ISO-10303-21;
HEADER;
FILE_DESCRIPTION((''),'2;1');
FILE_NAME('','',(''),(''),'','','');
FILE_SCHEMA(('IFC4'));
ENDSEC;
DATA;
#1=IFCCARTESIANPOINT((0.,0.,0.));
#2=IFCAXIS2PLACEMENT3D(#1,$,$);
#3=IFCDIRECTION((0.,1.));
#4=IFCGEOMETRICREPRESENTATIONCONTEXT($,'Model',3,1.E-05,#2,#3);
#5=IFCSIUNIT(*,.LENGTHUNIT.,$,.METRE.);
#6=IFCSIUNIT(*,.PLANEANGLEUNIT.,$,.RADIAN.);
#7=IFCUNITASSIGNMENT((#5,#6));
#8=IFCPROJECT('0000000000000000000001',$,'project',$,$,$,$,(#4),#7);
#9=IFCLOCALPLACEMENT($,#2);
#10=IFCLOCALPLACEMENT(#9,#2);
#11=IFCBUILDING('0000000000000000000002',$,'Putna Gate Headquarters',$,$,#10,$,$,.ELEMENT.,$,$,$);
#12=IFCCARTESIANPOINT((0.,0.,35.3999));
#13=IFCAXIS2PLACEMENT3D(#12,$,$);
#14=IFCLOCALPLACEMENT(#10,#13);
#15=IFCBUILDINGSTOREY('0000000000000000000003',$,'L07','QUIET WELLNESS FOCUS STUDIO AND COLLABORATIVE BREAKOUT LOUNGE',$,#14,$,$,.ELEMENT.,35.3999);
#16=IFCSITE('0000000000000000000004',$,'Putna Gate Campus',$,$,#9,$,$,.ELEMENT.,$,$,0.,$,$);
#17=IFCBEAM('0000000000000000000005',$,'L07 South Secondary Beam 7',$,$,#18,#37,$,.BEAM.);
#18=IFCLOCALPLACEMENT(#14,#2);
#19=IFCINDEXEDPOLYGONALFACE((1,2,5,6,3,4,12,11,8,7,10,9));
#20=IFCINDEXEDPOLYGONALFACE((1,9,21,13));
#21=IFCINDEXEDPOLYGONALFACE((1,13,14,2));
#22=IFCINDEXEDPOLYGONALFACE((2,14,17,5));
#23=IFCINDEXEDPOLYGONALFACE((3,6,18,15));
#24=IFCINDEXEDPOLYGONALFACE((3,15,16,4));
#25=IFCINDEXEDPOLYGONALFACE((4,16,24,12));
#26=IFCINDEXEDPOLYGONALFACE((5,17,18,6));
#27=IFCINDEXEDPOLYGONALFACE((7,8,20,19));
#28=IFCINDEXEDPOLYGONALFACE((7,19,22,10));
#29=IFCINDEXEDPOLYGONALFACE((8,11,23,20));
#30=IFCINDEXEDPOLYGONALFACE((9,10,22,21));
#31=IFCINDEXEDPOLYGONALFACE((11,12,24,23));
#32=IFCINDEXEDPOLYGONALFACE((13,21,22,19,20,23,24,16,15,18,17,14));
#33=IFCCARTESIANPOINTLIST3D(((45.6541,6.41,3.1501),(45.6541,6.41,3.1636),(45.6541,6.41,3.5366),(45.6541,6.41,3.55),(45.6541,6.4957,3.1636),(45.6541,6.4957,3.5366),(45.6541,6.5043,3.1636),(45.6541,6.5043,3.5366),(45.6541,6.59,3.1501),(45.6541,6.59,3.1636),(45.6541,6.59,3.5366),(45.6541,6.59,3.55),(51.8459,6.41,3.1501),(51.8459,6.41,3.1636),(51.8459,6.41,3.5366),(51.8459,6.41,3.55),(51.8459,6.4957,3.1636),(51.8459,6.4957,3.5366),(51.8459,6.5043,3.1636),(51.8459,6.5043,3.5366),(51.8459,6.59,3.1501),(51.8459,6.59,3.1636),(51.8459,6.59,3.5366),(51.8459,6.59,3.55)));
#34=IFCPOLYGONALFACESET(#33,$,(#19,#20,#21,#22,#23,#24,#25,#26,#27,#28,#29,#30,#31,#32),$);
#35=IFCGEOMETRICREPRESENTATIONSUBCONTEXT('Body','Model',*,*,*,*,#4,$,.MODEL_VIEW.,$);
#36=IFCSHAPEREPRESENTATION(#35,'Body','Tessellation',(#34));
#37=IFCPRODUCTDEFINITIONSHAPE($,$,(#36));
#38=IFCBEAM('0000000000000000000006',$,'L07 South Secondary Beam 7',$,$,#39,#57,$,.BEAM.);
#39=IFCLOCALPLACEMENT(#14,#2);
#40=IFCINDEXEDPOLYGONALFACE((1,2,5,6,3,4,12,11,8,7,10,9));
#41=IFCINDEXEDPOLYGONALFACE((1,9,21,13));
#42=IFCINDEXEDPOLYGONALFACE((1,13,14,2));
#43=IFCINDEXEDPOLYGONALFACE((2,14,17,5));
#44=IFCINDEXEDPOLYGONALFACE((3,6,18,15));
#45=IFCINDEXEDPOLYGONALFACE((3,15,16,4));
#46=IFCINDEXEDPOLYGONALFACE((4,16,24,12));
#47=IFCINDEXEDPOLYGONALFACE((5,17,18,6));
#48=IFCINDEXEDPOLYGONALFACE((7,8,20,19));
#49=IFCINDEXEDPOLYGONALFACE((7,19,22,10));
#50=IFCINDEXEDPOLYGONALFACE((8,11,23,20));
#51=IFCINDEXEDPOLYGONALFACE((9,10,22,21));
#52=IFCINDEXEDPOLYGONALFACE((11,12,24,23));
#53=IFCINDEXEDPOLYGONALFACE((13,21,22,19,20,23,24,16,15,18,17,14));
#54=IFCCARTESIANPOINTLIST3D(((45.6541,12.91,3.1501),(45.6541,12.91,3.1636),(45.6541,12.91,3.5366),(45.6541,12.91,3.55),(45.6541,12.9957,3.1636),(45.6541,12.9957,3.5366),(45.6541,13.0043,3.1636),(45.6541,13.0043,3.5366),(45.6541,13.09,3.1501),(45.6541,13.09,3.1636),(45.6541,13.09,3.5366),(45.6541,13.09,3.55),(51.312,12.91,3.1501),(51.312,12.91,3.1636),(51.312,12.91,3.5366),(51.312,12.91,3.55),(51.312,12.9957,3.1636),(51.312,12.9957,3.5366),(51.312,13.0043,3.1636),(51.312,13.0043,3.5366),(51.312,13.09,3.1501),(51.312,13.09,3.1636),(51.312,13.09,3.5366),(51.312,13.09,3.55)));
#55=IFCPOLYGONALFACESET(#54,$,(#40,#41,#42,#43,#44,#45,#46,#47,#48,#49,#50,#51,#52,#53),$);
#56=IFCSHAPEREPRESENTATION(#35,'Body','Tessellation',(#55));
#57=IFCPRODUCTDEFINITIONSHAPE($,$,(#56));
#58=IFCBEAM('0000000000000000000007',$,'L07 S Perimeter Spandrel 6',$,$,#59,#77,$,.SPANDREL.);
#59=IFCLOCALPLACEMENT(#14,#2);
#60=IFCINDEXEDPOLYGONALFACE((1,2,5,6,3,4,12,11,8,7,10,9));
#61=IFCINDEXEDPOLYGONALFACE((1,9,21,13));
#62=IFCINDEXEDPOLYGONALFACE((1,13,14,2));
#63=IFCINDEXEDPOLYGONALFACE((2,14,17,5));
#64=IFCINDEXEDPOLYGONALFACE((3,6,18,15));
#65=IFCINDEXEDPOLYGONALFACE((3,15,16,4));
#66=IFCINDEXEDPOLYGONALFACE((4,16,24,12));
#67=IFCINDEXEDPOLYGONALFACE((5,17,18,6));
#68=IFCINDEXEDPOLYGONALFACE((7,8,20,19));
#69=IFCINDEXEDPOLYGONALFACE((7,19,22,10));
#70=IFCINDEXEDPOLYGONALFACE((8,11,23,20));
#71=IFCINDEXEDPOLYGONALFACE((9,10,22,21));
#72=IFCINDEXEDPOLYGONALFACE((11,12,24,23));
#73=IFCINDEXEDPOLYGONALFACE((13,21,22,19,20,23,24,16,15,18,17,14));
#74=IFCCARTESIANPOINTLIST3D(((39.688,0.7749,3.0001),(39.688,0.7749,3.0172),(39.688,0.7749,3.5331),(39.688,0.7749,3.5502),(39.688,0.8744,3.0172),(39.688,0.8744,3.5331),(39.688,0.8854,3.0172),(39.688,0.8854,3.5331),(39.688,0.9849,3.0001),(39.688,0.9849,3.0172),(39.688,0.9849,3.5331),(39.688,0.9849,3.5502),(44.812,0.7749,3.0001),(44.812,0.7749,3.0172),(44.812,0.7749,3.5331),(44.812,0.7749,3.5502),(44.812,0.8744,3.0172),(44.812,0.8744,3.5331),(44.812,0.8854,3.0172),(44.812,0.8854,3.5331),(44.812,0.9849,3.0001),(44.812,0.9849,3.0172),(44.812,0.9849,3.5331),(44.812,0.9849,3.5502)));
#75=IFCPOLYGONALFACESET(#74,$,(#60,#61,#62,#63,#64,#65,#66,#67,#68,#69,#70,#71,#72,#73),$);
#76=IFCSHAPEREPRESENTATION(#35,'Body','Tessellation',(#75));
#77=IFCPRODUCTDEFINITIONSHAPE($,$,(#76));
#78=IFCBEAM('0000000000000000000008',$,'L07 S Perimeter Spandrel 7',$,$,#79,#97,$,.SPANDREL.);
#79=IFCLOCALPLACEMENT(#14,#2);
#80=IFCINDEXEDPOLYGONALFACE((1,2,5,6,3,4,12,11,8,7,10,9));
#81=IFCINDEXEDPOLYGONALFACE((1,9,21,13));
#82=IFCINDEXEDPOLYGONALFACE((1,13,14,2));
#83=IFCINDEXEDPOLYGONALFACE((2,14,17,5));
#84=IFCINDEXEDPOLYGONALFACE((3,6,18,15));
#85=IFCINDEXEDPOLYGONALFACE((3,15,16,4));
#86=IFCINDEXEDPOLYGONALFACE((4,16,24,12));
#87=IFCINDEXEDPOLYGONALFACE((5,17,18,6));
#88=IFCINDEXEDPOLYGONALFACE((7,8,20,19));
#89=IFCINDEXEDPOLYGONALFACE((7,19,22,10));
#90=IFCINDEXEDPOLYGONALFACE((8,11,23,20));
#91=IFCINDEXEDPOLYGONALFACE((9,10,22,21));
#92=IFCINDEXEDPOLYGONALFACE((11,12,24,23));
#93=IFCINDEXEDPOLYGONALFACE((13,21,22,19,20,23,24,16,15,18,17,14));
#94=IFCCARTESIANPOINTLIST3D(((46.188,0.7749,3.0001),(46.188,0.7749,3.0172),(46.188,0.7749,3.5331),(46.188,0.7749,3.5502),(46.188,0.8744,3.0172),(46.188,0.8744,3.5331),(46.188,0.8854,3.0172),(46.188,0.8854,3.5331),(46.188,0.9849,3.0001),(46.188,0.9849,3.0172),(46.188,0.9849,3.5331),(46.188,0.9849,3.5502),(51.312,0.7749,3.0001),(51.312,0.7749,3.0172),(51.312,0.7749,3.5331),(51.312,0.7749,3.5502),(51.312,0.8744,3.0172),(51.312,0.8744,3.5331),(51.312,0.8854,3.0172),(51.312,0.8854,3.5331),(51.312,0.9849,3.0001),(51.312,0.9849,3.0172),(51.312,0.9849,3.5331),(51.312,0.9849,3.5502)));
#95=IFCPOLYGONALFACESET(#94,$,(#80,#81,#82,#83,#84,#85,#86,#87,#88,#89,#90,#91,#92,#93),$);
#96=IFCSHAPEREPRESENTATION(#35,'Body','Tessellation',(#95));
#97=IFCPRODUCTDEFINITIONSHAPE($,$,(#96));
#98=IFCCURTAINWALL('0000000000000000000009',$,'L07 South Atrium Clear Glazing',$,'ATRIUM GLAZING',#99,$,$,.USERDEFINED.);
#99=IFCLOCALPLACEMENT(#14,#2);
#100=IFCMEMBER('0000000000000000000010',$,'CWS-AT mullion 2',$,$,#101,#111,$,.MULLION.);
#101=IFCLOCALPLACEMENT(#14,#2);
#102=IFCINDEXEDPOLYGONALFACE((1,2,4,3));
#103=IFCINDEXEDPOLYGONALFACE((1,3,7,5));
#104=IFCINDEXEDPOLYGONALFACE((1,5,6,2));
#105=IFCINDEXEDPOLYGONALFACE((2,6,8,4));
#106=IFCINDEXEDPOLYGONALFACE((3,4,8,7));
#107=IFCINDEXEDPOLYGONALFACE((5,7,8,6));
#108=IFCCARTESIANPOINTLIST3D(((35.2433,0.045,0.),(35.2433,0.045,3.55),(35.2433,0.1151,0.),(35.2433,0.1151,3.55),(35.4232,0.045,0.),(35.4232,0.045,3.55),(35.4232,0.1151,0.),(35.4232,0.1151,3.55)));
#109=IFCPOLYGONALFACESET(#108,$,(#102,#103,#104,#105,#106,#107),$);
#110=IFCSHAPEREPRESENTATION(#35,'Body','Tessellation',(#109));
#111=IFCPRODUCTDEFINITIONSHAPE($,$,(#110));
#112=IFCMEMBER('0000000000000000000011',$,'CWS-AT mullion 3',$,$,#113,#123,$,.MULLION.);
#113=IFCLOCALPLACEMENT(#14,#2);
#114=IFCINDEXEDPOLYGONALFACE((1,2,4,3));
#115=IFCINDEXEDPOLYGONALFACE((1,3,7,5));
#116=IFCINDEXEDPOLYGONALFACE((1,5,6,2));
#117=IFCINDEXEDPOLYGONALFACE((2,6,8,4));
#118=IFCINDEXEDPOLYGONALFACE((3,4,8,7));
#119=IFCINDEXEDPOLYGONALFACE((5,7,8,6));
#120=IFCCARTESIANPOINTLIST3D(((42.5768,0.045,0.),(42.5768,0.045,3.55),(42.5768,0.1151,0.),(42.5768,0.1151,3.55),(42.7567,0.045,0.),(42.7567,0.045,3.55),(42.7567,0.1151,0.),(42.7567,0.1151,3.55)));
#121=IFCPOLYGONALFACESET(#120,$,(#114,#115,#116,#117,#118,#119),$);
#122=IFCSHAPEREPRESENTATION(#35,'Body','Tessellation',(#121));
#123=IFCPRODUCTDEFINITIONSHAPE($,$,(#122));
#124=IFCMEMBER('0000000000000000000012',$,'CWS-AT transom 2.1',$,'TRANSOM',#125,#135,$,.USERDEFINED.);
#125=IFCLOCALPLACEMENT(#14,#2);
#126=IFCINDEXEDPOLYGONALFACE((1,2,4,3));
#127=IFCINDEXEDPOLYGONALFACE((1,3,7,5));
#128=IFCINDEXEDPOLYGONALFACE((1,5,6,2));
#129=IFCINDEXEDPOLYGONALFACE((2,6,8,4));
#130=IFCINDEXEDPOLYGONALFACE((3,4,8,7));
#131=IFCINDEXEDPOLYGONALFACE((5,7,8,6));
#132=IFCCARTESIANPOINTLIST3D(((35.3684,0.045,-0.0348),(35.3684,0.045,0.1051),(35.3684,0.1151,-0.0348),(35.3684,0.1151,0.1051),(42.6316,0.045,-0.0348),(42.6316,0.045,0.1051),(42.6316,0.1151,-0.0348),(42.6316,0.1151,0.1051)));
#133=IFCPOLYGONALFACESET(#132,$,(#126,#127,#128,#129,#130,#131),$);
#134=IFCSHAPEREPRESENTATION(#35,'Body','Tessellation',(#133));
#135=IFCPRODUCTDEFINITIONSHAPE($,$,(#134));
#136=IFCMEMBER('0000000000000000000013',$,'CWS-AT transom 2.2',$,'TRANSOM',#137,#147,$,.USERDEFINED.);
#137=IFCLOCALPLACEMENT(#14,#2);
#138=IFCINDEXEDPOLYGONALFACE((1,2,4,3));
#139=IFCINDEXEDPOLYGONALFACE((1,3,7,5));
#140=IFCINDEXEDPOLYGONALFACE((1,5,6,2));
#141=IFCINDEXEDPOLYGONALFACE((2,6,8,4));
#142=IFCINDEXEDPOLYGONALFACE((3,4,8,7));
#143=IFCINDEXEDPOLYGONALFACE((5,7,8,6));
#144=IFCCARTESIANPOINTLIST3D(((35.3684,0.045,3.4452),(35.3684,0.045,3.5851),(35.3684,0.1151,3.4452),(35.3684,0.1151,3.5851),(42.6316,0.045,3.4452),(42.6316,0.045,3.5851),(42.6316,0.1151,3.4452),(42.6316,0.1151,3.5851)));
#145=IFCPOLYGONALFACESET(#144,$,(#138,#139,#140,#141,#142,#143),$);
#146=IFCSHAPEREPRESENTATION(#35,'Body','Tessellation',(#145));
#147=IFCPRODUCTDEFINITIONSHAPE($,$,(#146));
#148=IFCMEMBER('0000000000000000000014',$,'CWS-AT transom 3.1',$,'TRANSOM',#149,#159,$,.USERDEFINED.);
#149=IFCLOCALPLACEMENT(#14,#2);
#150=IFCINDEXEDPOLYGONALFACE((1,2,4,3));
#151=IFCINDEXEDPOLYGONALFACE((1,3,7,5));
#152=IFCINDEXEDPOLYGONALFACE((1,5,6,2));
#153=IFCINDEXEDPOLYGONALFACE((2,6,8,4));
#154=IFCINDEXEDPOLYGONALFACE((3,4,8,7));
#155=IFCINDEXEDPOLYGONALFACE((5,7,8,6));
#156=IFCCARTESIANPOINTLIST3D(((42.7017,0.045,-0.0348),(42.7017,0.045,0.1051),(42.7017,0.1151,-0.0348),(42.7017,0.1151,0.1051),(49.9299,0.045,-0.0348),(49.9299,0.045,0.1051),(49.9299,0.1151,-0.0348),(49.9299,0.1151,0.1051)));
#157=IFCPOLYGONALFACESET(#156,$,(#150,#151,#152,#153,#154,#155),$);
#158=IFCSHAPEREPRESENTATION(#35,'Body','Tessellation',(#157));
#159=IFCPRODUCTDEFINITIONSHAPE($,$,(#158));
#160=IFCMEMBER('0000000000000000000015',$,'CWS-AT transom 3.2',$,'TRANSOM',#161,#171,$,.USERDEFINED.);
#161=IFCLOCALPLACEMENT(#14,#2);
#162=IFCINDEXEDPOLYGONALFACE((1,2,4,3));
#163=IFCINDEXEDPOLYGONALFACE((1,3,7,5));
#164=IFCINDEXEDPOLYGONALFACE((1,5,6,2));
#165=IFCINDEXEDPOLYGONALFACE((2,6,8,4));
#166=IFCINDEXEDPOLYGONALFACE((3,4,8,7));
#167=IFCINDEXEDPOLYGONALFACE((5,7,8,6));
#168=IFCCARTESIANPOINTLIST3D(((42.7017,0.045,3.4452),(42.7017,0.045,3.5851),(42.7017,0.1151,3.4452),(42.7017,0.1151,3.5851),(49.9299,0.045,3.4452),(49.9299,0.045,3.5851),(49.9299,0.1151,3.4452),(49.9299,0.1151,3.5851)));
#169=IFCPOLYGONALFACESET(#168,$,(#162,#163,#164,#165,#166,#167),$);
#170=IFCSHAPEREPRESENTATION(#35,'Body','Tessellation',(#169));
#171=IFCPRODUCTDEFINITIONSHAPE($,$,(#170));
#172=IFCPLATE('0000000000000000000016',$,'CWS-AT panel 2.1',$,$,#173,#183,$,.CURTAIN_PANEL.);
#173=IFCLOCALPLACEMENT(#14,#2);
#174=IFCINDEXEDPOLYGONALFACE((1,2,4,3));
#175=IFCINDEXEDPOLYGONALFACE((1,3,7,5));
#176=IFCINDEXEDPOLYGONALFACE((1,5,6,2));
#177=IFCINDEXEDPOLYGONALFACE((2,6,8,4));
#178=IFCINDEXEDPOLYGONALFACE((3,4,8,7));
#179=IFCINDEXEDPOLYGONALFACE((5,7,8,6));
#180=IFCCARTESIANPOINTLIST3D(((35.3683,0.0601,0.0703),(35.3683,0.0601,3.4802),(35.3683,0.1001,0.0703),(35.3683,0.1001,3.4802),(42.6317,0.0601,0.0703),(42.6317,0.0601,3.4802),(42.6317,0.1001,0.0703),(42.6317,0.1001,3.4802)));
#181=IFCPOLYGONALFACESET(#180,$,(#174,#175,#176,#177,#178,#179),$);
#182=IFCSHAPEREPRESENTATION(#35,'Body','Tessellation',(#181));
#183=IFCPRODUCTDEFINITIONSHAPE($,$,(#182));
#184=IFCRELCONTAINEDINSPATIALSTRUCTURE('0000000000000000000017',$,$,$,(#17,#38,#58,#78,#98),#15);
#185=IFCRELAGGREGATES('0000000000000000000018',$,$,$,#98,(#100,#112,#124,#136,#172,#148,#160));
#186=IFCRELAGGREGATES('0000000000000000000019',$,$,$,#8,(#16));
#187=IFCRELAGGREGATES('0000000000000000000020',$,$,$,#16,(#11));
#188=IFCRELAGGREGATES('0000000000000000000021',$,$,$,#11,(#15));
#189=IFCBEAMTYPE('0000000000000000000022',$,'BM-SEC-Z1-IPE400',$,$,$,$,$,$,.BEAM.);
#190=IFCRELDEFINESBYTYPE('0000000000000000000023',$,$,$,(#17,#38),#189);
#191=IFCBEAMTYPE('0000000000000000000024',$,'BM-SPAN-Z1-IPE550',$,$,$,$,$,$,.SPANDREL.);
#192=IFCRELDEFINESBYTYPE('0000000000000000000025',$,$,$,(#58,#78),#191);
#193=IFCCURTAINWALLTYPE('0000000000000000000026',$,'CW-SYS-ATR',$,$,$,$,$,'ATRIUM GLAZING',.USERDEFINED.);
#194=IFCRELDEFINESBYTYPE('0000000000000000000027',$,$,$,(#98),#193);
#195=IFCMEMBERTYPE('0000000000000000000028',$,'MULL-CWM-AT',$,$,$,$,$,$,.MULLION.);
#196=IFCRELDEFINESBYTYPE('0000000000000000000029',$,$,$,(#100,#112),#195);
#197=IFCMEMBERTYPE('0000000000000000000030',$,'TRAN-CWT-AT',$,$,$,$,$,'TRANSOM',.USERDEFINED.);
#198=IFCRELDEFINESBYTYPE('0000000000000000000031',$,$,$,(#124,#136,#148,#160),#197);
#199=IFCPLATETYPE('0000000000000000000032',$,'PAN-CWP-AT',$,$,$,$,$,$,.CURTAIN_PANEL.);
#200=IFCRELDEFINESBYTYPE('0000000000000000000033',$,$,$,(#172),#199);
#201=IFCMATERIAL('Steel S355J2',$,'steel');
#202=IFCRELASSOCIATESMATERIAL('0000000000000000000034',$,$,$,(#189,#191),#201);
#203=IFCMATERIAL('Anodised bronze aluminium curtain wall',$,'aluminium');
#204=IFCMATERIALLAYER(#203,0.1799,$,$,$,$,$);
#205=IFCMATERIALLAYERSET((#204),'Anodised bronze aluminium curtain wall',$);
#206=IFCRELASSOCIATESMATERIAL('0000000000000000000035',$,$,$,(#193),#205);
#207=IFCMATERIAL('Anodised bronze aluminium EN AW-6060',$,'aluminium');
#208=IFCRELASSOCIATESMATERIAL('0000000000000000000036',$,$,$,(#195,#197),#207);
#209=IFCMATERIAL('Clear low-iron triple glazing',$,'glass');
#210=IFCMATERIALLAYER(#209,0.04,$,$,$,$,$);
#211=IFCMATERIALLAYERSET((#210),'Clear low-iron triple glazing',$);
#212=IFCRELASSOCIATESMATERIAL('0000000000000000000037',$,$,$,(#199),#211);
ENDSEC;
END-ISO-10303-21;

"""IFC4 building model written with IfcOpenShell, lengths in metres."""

from ifc_helpers import new_model, si_unit, direction, frame, origin, origin_2d, place, context, subcontext, project, spatial, rectangle, i_section, extrude, material, layer, layer_set, material_profile, profile_set, type_object, element, aggregate, save


model = new_model("IFC4")

# Units and contexts
model_context = context("Model", 3, precision=1e-05, world=origin(), true_north=direction((0.0, 1.0)))
body_context = subcontext(model_context, "Body", "Model", "MODEL_VIEW")
ifc_project = project(units=[si_unit("LENGTHUNIT", "METRE"), si_unit("PLANEANGLEUNIT", "RADIAN")], contexts=[model_context])

# Site, building, storey
site_placement = place(None, origin())
site = spatial("IfcSite", under=ifc_project, at=site_placement, Name="Putna Gate Campus", CompositionType="ELEMENT", RefElevation=0.0)
building_placement = place(site_placement, origin())
building = spatial("IfcBuilding", under=site, at=building_placement, Name="Putna Gate Headquarters", CompositionType="ELEMENT")
storey_placement = place(building_placement, frame((0.0, 0.0, 35.3999)))
storey = spatial("IfcBuildingStorey", under=building, at=storey_placement, Name="L07", Description="QUIET WELLNESS FOCUS STUDIO AND COLLABORATIVE BREAKOUT LOUNGE", CompositionType="ELEMENT", Elevation=35.3999)

# Beams
ifc_material_1 = material(Name="Steel S355J2", Category="steel")
ifc_material_profile_1 = material_profile(ifc_material_1, i_section(OverallWidth=0.1799, OverallDepth=0.3999, WebThickness=0.0085, FlangeThickness=0.0134, at=origin_2d()), Name="Steel S355J2")
ifc_profile_set_1 = profile_set([ifc_material_profile_1], Name="Steel S355J2")
beam_type_1 = type_object("IfcBeamType", Name="BM-SEC-Z1-IPE400", PredefinedType="BEAM", material=ifc_profile_set_1)
for number, where, z_axis, x_axis, name in (
    (1, (45.6541, 6.5, 3.3501), (1.0, 0.0, 0.0), (0.0, 1.0, 0.0), "L07 South Secondary Beam 7"),
):
    element("IfcBeam", number, at=place(storey_placement, frame(where, z_axis=z_axis, x_axis=x_axis)), inside=storey, type_object=beam_type_1, Name=name, PredefinedType="BEAM", context=body_context, shape_type="SweptSolid", body=[
        extrude(i_section(OverallWidth=0.1799, OverallDepth=0.3999, WebThickness=0.0085, FlangeThickness=0.0134, at=origin_2d()), origin(), (0.0, 0.0, 1.0), 6.1919),
    ])
beam_1_placement = place(storey_placement, frame((45.6541, 13.0, 3.3501), z_axis=(1.0, 0.0, 0.0), x_axis=(0.0, 1.0, 0.0)))
element("IfcBeam", 2, at=beam_1_placement, inside=storey, type_object=beam_type_1, Name="L07 South Secondary Beam 7", PredefinedType="BEAM", context=body_context, shape_type="SweptSolid", body=[
    extrude(i_section(OverallWidth=0.1799, OverallDepth=0.3999, WebThickness=0.0085, FlangeThickness=0.0134, at=origin_2d()), origin(), (0.0, 0.0, 1.0), 5.658),
])
ifc_material_profile_2 = material_profile(ifc_material_1, i_section(OverallWidth=0.21, OverallDepth=0.55, WebThickness=0.011, FlangeThickness=0.0171, at=origin_2d()), Name="Steel S355J2")
ifc_profile_set_2 = profile_set([ifc_material_profile_2], Name="Steel S355J2")
beam_type_2 = type_object("IfcBeamType", Name="BM-SPAN-Z1-IPE550", PredefinedType="SPANDREL", material=ifc_profile_set_2)
for number, where, z_axis, x_axis, name in (
    (3, (39.688, 0.8799, 3.2751), (1.0, 0.0, 0.0), (0.0, 1.0, 0.0), "L07 S Perimeter Spandrel 6"),
    (4, (46.188, 0.8799, 3.2751), (1.0, 0.0, 0.0), (0.0, 1.0, 0.0), "L07 S Perimeter Spandrel 7"),
):
    element("IfcBeam", number, at=place(storey_placement, frame(where, z_axis=z_axis, x_axis=x_axis)), inside=storey, type_object=beam_type_2, Name=name, PredefinedType="SPANDREL", context=body_context, shape_type="SweptSolid", body=[
        extrude(i_section(OverallWidth=0.21, OverallDepth=0.55, WebThickness=0.011, FlangeThickness=0.0171, at=origin_2d()), origin(), (0.0, 0.0, 1.0), 5.124),
    ])

# Curtain wall, members, plate
ifc_material_2 = material(Name="Anodised bronze aluminium curtain wall", Category="aluminium")
ifc_layer_1 = layer(ifc_material_2, 0.1799)
ifc_layer_set_1 = layer_set([ifc_layer_1], Name="Anodised bronze aluminium curtain wall")
curtain_wall_type = type_object("IfcCurtainWallType", Name="CW-SYS-ATR", ElementType="ATRIUM GLAZING", PredefinedType="USERDEFINED", material=ifc_layer_set_1)
curtain_wall_placement = place(storey_placement, origin())
curtain_wall = element("IfcCurtainWall", 5, at=curtain_wall_placement, inside=storey, type_object=curtain_wall_type, Name="L07 South Atrium Clear Glazing", ObjectType="ATRIUM GLAZING", PredefinedType="USERDEFINED")
ifc_material_3 = material(Name="Anodised bronze aluminium EN AW-6060", Category="aluminium")
ifc_material_profile_3 = material_profile(ifc_material_3, rectangle(XDim=0.0701, YDim=0.1799, at=origin_2d()), Name="Anodised bronze aluminium EN AW-6060")
ifc_profile_set_3 = profile_set([ifc_material_profile_3], Name="Anodised bronze aluminium EN AW-6060")
member_type_1 = type_object("IfcMemberType", Name="MULL-CWM-AT", PredefinedType="MULLION", material=ifc_profile_set_3)
member_1_placement = place(storey_placement, frame((35.3333, 0.0801, 0.0), z_axis=(0.0, 0.0, 1.0), x_axis=(0.0, 1.0, 0.0)))
member_1 = element("IfcMember", 6, at=member_1_placement, type_object=member_type_1, Name="CWS-AT mullion 2", PredefinedType="MULLION", context=body_context, shape_type="SweptSolid", body=[
    extrude(rectangle(XDim=0.0701, YDim=0.1799, at=origin_2d()), origin(), (0.0, 0.0, 1.0), 3.55),
])
member_2_placement = place(storey_placement, frame((42.6667, 0.0801, 0.0), z_axis=(0.0, 0.0, 1.0), x_axis=(0.0, 1.0, 0.0)))
member_2 = element("IfcMember", 7, at=member_2_placement, type_object=member_type_1, Name="CWS-AT mullion 3", PredefinedType="MULLION", context=body_context, shape_type="SweptSolid", body=[
    extrude(rectangle(XDim=0.0701, YDim=0.1799, at=origin_2d()), origin(), (0.0, 0.0, 1.0), 3.55),
])
ifc_material_profile_4 = material_profile(ifc_material_3, rectangle(XDim=0.0701, YDim=0.1399, at=origin_2d()), Name="Anodised bronze aluminium EN AW-6060")
ifc_profile_set_4 = profile_set([ifc_material_profile_4], Name="Anodised bronze aluminium EN AW-6060")
member_type_2 = type_object("IfcMemberType", Name="TRAN-CWT-AT", ElementType="TRANSOM", PredefinedType="USERDEFINED", material=ifc_profile_set_4)
member_3_placement = place(storey_placement, frame((35.3684, 0.0801, 0.0352), z_axis=(1.0, 0.0, 0.0), x_axis=(0.0, 1.0, 0.0)))
member_3 = element("IfcMember", 8, at=member_3_placement, type_object=member_type_2, Name="CWS-AT transom 2.1", ObjectType="TRANSOM", PredefinedType="USERDEFINED", context=body_context, shape_type="SweptSolid", body=[
    extrude(rectangle(XDim=0.0701, YDim=0.1399, at=origin_2d()), origin(), (0.0, 0.0, 1.0), 7.2632),
])
member_4_placement = place(storey_placement, frame((35.3684, 0.0801, 3.5151), z_axis=(1.0, 0.0, 0.0), x_axis=(0.0, 1.0, 0.0)))
member_4 = element("IfcMember", 9, at=member_4_placement, type_object=member_type_2, Name="CWS-AT transom 2.2", ObjectType="TRANSOM", PredefinedType="USERDEFINED", context=body_context, shape_type="SweptSolid", body=[
    extrude(rectangle(XDim=0.0701, YDim=0.1399, at=origin_2d()), origin(), (0.0, 0.0, 1.0), 7.2632),
])
member_5_placement = place(storey_placement, frame((42.7017, 0.0801, 0.0352), z_axis=(1.0, 0.0, 0.0), x_axis=(0.0, 1.0, 0.0)))
member_5 = element("IfcMember", 10, at=member_5_placement, type_object=member_type_2, Name="CWS-AT transom 3.1", ObjectType="TRANSOM", PredefinedType="USERDEFINED", context=body_context, shape_type="SweptSolid", body=[
    extrude(rectangle(XDim=0.0701, YDim=0.1399, at=origin_2d()), origin(), (0.0, 0.0, 1.0), 7.2283),
])
member_6_placement = place(storey_placement, frame((42.7017, 0.0801, 3.5151), z_axis=(1.0, 0.0, 0.0), x_axis=(0.0, 1.0, 0.0)))
member_6 = element("IfcMember", 11, at=member_6_placement, type_object=member_type_2, Name="CWS-AT transom 3.2", ObjectType="TRANSOM", PredefinedType="USERDEFINED", context=body_context, shape_type="SweptSolid", body=[
    extrude(rectangle(XDim=0.0701, YDim=0.1399, at=origin_2d()), origin(), (0.0, 0.0, 1.0), 7.2283),
])
ifc_material_4 = material(Name="Clear low-iron triple glazing", Category="glass")
ifc_layer_2 = layer(ifc_material_4, 0.04)
ifc_layer_set_2 = layer_set([ifc_layer_2], Name="Clear low-iron triple glazing")
plate_type = type_object("IfcPlateType", Name="PAN-CWP-AT", PredefinedType="CURTAIN_PANEL", material=ifc_layer_set_2)
plate_1_placement = place(storey_placement, frame((39.0, 0.0801, 0.0703), z_axis=(0.0, 0.0, 1.0), x_axis=(1.0, 0.0, 0.0)))
plate_1 = element("IfcPlate", 12, at=plate_1_placement, type_object=plate_type, Name="CWS-AT panel 2.1", PredefinedType="CURTAIN_PANEL", context=body_context, shape_type="SweptSolid", body=[
    extrude(rectangle(XDim=7.2634, YDim=0.04, at=origin_2d()), origin(), (0.0, 0.0, 1.0), 3.4099),
])
aggregate(curtain_wall, [member_1, member_2, member_3, member_4, plate_1, member_5, member_6])

save(model, "model.ifc")
